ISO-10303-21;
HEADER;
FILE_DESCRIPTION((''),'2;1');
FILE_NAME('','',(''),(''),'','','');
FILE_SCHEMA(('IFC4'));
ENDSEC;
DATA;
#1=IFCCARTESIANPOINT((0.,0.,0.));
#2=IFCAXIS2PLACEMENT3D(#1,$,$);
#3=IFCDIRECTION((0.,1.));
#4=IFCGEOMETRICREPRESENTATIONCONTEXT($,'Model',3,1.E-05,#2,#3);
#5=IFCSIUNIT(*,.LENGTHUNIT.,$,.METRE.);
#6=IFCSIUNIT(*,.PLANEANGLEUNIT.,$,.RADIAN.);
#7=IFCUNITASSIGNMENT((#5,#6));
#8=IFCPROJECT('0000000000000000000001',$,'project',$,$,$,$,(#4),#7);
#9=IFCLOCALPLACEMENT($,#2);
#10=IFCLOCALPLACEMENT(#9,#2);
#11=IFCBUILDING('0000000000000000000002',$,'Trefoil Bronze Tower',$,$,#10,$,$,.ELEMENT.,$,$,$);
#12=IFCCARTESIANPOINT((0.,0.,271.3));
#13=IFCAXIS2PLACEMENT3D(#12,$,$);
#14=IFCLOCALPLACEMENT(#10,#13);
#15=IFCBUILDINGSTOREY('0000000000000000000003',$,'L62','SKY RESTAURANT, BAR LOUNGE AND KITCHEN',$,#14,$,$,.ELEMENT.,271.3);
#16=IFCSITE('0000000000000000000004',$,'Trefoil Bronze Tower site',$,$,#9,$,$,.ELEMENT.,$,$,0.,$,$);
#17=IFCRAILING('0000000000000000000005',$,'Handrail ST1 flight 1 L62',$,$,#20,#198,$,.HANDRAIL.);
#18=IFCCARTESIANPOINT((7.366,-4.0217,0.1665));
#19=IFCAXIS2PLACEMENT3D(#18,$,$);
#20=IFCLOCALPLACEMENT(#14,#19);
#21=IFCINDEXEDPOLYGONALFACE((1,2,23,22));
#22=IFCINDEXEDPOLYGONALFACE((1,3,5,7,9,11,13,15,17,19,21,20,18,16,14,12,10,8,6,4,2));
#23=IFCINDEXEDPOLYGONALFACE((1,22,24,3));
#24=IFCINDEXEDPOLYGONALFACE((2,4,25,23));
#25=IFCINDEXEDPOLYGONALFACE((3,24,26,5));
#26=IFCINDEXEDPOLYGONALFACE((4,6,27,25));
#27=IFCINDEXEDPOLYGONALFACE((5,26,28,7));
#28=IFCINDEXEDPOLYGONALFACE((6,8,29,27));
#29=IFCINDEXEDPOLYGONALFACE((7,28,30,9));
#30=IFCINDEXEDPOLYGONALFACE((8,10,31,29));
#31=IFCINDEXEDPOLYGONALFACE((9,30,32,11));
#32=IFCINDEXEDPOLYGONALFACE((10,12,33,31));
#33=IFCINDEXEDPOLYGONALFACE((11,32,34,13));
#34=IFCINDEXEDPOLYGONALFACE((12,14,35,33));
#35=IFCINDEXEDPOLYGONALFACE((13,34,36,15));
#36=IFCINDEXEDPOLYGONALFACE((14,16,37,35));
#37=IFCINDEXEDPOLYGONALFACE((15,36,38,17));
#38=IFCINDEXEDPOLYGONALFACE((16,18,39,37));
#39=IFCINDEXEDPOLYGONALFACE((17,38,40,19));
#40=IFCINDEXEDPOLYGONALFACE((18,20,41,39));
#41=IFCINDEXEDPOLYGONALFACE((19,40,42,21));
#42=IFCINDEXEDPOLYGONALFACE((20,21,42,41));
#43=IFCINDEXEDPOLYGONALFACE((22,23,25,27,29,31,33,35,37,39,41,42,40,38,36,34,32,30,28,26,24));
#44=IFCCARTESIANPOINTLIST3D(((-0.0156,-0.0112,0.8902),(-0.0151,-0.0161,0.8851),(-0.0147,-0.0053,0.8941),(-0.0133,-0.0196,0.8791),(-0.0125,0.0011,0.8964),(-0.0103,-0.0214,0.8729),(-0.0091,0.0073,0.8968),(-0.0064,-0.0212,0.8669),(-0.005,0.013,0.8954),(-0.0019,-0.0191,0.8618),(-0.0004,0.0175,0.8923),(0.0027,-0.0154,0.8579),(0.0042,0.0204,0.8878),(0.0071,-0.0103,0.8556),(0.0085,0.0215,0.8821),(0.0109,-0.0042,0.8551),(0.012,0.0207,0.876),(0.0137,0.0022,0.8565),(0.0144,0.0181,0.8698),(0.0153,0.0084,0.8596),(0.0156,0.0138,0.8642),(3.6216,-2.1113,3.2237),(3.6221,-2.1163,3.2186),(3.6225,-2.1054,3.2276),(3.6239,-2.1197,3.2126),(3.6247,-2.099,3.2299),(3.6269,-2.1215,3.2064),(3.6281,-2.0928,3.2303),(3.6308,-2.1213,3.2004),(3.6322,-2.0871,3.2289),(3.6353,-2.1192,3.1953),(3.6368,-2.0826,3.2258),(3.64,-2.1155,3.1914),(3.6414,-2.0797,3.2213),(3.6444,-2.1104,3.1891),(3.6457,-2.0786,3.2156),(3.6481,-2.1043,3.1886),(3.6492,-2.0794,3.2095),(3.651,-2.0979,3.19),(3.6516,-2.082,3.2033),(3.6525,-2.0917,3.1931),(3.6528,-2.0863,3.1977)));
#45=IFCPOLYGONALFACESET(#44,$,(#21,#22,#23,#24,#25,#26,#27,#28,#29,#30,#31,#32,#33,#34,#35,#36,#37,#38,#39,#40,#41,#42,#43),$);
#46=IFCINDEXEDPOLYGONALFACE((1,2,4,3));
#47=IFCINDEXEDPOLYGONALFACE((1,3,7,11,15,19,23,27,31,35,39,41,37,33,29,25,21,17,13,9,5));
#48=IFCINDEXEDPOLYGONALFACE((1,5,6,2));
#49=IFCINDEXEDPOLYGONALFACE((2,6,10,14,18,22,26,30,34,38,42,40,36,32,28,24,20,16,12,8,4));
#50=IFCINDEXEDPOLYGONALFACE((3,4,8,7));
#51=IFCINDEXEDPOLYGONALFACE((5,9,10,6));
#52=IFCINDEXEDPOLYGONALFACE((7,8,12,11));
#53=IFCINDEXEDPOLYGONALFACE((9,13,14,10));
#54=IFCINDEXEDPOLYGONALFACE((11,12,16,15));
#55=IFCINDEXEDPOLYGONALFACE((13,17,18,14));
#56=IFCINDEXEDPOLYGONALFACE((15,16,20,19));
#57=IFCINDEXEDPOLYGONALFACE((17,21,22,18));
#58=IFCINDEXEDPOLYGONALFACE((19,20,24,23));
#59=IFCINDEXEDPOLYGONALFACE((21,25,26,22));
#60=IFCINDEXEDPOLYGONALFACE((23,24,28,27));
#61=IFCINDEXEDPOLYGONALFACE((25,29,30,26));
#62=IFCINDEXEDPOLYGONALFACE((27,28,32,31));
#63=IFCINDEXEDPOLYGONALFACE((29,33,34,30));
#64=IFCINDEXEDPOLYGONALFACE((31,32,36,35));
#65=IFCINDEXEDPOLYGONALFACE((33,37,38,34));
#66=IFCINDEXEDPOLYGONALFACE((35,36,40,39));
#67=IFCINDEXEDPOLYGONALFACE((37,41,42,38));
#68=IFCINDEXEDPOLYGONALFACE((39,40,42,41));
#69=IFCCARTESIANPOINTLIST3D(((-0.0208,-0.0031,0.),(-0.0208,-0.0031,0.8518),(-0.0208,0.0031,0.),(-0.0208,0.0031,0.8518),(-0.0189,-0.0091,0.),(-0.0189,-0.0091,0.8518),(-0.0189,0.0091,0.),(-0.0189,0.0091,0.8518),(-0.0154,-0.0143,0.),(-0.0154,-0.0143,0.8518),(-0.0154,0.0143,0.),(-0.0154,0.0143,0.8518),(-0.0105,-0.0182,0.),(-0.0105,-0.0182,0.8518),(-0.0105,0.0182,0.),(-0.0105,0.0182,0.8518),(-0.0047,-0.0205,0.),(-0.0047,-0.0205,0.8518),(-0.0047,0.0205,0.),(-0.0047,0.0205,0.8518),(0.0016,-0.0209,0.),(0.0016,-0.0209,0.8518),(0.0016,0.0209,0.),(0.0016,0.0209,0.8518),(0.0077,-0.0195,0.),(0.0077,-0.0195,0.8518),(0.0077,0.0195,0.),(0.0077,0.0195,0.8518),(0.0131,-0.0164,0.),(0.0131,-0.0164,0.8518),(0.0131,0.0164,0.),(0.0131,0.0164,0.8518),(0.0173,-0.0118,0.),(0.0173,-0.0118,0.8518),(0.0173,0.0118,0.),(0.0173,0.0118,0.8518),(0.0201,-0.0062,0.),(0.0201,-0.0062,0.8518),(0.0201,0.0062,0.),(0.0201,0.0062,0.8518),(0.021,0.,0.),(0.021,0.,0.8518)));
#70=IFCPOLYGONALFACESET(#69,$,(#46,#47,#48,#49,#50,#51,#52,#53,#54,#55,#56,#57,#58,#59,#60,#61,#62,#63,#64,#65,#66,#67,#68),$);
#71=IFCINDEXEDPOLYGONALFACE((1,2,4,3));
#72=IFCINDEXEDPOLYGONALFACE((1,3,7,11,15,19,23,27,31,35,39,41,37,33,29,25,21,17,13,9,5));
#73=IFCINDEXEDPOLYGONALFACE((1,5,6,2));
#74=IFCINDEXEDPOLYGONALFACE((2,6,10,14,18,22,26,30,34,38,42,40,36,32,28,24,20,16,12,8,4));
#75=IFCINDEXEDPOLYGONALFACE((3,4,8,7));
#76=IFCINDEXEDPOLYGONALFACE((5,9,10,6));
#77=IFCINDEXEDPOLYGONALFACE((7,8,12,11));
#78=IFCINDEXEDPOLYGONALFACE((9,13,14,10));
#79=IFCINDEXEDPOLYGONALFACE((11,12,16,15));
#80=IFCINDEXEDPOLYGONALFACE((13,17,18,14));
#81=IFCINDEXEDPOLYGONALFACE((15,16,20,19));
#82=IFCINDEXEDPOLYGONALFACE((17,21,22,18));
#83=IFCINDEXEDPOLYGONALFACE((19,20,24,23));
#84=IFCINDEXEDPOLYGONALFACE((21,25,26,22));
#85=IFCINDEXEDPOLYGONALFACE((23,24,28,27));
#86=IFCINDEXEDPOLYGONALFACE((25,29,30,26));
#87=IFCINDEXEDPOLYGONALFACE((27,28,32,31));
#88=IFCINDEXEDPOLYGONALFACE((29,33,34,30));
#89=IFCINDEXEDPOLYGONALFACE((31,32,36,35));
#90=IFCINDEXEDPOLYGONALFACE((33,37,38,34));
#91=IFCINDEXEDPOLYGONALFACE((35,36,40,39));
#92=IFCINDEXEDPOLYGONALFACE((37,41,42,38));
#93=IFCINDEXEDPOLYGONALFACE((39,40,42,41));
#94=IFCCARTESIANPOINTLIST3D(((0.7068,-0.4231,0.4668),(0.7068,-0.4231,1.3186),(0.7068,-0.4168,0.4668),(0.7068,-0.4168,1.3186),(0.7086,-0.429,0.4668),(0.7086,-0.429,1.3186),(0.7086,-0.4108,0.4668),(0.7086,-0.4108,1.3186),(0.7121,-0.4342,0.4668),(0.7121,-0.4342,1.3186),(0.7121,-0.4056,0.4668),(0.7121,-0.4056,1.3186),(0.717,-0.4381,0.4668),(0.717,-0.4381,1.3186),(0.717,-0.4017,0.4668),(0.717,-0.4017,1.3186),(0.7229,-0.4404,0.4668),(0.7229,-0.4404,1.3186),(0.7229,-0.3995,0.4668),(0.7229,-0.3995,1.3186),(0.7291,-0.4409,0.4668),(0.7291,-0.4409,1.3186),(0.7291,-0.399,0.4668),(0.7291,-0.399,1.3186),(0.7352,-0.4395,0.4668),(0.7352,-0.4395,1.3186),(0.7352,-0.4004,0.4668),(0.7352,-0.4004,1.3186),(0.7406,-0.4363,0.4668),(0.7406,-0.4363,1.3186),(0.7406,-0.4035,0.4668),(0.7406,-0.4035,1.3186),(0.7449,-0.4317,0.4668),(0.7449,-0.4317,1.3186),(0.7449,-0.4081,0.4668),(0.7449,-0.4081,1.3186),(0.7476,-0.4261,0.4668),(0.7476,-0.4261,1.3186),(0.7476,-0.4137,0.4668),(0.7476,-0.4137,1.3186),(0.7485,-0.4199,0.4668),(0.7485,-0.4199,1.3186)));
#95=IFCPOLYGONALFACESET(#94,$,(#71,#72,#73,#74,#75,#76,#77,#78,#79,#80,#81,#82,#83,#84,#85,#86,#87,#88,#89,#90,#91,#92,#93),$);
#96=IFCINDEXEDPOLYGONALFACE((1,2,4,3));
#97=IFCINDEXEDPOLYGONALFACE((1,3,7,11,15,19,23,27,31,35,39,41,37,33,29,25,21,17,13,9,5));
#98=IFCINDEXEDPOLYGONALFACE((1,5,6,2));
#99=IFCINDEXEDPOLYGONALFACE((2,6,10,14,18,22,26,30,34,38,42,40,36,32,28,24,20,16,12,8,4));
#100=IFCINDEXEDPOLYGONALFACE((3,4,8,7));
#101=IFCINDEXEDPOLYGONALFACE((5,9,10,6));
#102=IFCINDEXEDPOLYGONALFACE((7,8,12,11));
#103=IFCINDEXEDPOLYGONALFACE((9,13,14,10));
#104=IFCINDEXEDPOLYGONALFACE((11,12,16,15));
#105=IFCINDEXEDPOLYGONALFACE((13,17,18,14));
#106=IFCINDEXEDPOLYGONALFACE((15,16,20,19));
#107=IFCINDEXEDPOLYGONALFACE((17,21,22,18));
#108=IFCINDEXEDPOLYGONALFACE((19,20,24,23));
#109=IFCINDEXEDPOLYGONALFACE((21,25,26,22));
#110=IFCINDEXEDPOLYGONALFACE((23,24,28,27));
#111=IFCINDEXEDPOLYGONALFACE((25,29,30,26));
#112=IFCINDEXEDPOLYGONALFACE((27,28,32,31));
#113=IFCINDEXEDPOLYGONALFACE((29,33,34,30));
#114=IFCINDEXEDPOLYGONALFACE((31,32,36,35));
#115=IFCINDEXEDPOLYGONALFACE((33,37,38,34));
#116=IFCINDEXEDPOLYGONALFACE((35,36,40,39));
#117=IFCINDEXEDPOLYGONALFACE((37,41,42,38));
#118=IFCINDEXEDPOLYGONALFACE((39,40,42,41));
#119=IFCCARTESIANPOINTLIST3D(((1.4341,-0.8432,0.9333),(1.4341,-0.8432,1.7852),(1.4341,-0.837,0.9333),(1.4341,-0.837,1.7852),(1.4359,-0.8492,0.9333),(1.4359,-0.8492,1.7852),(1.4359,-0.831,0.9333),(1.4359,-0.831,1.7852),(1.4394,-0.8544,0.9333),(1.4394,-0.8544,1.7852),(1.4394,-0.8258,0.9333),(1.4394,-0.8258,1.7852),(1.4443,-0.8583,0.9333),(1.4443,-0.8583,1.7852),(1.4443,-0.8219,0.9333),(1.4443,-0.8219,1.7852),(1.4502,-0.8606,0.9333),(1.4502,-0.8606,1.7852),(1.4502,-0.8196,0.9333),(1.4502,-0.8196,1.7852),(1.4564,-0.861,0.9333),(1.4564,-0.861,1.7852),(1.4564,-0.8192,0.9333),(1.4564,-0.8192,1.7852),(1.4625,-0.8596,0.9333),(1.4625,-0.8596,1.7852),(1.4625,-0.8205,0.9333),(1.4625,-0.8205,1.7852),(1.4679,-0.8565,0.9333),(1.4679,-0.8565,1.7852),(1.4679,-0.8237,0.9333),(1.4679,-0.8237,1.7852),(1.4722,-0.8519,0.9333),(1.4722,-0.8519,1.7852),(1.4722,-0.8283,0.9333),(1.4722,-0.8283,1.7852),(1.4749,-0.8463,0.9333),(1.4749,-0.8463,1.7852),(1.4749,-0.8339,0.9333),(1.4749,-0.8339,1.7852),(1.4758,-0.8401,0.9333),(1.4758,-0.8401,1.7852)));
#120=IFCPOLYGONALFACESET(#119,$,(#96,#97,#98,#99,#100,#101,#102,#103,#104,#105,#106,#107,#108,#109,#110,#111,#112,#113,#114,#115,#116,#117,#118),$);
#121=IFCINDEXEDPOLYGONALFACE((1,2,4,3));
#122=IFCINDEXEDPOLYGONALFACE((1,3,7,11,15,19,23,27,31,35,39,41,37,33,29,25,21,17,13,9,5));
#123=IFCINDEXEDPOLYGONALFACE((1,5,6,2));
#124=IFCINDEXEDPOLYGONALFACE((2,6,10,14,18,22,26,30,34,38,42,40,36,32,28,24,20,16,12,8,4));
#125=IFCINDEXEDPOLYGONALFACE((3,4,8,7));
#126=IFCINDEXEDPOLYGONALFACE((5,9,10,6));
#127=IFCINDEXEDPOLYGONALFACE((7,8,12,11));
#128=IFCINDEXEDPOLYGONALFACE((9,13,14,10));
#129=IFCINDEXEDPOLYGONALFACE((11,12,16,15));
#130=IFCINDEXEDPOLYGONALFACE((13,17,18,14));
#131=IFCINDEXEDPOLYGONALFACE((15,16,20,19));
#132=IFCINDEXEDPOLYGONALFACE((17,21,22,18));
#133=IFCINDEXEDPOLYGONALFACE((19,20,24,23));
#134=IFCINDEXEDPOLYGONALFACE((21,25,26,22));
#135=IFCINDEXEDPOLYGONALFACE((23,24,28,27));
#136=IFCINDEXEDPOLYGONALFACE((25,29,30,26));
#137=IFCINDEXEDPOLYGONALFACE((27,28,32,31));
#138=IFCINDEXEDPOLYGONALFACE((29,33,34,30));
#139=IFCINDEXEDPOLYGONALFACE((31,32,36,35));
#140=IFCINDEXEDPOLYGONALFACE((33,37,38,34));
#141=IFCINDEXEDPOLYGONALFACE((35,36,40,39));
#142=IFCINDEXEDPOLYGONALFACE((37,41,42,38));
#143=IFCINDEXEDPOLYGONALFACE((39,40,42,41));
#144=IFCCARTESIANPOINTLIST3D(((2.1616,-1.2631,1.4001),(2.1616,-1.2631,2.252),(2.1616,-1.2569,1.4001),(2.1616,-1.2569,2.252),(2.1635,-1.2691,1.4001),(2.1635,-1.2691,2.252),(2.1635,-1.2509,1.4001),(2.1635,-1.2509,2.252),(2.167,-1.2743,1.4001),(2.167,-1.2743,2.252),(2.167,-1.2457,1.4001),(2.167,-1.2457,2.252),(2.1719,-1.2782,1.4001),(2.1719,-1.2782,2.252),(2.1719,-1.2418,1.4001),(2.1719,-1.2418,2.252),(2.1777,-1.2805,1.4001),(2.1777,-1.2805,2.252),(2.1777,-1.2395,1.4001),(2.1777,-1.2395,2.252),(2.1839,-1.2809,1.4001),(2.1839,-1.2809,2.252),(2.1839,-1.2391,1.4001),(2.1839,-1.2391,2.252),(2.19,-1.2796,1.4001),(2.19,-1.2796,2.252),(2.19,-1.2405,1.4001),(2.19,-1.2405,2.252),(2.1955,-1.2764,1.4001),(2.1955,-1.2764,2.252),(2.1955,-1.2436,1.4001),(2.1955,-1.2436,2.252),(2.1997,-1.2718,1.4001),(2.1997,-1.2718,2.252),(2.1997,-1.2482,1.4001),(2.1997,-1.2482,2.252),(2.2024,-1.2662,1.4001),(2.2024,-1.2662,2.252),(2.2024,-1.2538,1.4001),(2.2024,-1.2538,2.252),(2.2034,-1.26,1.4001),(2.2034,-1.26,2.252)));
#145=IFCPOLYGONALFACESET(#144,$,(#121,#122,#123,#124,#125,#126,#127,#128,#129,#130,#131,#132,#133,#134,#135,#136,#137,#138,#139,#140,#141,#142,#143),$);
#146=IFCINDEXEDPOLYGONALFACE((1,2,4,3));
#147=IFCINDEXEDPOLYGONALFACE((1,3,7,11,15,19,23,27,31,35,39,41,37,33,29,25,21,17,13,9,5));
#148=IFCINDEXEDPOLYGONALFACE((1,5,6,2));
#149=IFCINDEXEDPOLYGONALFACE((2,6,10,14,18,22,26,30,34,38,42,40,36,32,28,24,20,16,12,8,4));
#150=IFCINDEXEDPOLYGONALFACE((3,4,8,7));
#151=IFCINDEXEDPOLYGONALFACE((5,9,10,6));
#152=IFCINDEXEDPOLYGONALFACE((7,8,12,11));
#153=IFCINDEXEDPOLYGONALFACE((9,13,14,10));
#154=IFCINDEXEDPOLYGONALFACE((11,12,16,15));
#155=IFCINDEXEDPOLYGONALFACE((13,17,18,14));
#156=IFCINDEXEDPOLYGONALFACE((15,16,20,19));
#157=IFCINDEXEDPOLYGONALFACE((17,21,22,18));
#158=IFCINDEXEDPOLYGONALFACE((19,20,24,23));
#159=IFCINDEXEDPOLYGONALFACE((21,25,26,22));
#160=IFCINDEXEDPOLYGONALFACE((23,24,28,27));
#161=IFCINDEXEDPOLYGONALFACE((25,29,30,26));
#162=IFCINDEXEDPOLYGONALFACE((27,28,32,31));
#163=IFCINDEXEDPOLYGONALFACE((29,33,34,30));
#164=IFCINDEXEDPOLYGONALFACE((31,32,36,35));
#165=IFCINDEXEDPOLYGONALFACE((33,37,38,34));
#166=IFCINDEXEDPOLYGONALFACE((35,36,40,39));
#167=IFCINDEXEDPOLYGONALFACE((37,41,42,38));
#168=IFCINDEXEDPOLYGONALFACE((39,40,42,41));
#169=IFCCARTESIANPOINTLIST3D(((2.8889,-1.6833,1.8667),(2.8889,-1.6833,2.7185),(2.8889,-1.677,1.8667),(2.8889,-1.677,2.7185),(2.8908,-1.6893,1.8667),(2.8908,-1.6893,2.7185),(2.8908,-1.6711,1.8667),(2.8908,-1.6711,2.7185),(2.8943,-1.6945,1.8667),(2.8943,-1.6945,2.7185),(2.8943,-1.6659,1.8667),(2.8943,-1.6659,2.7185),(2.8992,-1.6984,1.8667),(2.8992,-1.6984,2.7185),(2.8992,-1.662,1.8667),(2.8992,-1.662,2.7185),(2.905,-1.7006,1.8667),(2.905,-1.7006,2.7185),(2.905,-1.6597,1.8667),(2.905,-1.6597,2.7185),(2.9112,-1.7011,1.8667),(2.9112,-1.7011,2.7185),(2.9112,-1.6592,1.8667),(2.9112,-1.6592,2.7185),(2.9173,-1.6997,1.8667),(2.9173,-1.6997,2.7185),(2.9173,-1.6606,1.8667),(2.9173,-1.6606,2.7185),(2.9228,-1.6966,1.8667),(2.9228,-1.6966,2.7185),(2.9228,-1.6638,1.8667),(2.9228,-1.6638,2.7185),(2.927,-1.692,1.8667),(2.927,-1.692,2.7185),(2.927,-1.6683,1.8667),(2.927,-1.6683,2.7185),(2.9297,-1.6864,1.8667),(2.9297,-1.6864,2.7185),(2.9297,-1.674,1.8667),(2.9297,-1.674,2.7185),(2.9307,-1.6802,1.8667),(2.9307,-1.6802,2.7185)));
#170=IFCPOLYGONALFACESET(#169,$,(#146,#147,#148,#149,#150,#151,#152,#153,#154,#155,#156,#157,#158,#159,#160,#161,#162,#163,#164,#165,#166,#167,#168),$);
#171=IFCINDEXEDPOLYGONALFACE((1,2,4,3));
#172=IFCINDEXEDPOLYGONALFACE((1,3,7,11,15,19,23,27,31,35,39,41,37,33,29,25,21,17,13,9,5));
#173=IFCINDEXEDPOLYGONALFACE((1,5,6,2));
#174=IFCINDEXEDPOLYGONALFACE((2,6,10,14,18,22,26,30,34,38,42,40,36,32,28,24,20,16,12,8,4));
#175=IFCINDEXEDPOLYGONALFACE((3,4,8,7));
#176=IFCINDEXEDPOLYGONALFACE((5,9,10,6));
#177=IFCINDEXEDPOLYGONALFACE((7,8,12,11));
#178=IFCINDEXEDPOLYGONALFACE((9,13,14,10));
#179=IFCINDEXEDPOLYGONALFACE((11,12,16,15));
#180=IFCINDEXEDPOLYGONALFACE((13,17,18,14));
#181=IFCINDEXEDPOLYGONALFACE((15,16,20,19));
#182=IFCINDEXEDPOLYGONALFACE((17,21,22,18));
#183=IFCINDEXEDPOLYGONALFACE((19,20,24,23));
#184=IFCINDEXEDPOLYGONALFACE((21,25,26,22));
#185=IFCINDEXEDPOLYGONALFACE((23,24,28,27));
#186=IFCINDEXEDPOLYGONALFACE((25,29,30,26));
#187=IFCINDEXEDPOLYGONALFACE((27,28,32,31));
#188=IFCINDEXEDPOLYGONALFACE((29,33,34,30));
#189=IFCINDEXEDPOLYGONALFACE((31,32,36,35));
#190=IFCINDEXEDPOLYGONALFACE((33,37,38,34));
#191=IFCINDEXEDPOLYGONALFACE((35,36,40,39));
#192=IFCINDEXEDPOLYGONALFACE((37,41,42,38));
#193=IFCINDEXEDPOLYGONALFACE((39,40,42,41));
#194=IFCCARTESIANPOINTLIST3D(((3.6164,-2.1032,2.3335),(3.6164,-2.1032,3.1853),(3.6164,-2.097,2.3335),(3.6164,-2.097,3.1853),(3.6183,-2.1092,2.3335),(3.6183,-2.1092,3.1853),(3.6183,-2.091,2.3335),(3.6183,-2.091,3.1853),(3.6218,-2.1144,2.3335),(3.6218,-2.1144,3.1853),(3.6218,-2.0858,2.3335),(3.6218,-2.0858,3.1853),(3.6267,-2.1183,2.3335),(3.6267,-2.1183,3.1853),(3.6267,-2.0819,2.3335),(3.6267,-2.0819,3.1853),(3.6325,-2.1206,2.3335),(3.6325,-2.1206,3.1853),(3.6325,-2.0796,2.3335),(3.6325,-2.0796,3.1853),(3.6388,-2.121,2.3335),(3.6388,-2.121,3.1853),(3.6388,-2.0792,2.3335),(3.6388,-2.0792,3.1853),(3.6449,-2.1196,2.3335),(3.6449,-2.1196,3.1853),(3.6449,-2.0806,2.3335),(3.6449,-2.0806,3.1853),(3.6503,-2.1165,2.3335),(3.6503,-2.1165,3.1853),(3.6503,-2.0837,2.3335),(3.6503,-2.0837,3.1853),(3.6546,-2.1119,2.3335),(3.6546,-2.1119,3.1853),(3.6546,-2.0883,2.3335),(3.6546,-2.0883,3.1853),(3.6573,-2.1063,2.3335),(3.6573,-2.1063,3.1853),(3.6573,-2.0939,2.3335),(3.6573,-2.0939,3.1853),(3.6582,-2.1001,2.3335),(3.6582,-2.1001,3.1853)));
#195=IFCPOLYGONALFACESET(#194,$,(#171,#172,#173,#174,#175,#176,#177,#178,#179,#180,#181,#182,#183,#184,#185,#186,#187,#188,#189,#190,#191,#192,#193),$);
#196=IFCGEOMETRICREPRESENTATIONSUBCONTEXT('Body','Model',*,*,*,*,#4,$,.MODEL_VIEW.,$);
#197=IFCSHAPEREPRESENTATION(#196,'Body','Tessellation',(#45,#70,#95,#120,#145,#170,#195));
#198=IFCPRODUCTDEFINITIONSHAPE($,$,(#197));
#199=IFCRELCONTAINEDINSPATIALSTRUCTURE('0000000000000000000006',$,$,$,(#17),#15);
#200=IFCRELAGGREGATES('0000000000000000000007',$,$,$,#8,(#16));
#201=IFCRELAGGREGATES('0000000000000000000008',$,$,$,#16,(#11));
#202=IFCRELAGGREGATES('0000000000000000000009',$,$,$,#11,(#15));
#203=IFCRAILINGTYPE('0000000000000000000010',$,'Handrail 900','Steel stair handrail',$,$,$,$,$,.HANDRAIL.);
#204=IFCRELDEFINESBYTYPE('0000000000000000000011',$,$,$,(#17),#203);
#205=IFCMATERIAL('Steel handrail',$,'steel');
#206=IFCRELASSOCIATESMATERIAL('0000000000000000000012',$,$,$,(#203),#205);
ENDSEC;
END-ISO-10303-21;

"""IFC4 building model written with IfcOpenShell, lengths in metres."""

from ifc_helpers import new_model, si_unit, direction, frame, origin, origin_2d, place, context, subcontext, project, spatial, circle, extrude, material, type_object, element, save


model = new_model("IFC4")

# Units and contexts
model_context = context("Model", 3, precision=1e-05, world=origin(), true_north=direction((0.0, 1.0)))
body_context = subcontext(model_context, "Body", "Model", "MODEL_VIEW")
ifc_project = project(units=[si_unit("LENGTHUNIT", "METRE"), si_unit("PLANEANGLEUNIT", "RADIAN")], contexts=[model_context])

# Site, building, storey
site_placement = place(None, origin())
site = spatial("IfcSite", under=ifc_project, at=site_placement, Name="Trefoil Bronze Tower site", CompositionType="ELEMENT", RefElevation=0.0)
building_placement = place(site_placement, origin())
building = spatial("IfcBuilding", under=site, at=building_placement, Name="Trefoil Bronze Tower", CompositionType="ELEMENT")
storey_placement = place(building_placement, frame((0.0, 0.0, 271.3)))
storey = spatial("IfcBuildingStorey", under=building, at=storey_placement, Name="L62", Description="SKY RESTAURANT, BAR LOUNGE AND KITCHEN", CompositionType="ELEMENT", Elevation=271.3)

# Railing
ifc_material_1 = material(Name="Steel handrail", Category="steel")
railing_type = type_object("IfcRailingType", Name="Handrail 900", Description="Steel stair handrail", PredefinedType="HANDRAIL", material=ifc_material_1)
railing_1_placement = place(storey_placement, frame((7.366, -4.0217, 0.1665)))
element("IfcRailing", 1, at=railing_1_placement, inside=storey, type_object=railing_type, Name="Handrail ST1 flight 1 L62", PredefinedType="HANDRAIL", context=body_context, shape_type="SweptSolid", body=[
    extrude(circle(Radius=0.0239, at=origin_2d()), frame((0.0, 0.0, 0.876), z_axis=(0.757014, -0.437095, 0.485672), x_axis=(0.500028, 0.866009, 0.0)), (0.0, 0.0, 1.0), 4.8047),
    extrude(circle(Radius=0.021, at=origin_2d()), origin(), (0.0, 0.0, 1.0), 0.8518),
    extrude(circle(Radius=0.021, at=origin_2d()), frame((0.7275, -0.4199, 0.4668)), (0.0, 0.0, 1.0), 0.8518),
    extrude(circle(Radius=0.021, at=origin_2d()), frame((1.4548, -0.8401, 0.9333)), (0.0, 0.0, 1.0), 0.8518),
    extrude(circle(Radius=0.021, at=origin_2d()), frame((2.1824, -1.26, 1.4001)), (0.0, 0.0, 1.0), 0.8518),
    extrude(circle(Radius=0.021, at=origin_2d()), frame((2.9097, -1.6802, 1.8667)), (0.0, 0.0, 1.0), 0.8518),
    extrude(circle(Radius=0.021, at=origin_2d()), frame((3.6372, -2.1001, 2.3335)), (0.0, 0.0, 1.0), 0.8518),
])

save(model, "model.ifc")
